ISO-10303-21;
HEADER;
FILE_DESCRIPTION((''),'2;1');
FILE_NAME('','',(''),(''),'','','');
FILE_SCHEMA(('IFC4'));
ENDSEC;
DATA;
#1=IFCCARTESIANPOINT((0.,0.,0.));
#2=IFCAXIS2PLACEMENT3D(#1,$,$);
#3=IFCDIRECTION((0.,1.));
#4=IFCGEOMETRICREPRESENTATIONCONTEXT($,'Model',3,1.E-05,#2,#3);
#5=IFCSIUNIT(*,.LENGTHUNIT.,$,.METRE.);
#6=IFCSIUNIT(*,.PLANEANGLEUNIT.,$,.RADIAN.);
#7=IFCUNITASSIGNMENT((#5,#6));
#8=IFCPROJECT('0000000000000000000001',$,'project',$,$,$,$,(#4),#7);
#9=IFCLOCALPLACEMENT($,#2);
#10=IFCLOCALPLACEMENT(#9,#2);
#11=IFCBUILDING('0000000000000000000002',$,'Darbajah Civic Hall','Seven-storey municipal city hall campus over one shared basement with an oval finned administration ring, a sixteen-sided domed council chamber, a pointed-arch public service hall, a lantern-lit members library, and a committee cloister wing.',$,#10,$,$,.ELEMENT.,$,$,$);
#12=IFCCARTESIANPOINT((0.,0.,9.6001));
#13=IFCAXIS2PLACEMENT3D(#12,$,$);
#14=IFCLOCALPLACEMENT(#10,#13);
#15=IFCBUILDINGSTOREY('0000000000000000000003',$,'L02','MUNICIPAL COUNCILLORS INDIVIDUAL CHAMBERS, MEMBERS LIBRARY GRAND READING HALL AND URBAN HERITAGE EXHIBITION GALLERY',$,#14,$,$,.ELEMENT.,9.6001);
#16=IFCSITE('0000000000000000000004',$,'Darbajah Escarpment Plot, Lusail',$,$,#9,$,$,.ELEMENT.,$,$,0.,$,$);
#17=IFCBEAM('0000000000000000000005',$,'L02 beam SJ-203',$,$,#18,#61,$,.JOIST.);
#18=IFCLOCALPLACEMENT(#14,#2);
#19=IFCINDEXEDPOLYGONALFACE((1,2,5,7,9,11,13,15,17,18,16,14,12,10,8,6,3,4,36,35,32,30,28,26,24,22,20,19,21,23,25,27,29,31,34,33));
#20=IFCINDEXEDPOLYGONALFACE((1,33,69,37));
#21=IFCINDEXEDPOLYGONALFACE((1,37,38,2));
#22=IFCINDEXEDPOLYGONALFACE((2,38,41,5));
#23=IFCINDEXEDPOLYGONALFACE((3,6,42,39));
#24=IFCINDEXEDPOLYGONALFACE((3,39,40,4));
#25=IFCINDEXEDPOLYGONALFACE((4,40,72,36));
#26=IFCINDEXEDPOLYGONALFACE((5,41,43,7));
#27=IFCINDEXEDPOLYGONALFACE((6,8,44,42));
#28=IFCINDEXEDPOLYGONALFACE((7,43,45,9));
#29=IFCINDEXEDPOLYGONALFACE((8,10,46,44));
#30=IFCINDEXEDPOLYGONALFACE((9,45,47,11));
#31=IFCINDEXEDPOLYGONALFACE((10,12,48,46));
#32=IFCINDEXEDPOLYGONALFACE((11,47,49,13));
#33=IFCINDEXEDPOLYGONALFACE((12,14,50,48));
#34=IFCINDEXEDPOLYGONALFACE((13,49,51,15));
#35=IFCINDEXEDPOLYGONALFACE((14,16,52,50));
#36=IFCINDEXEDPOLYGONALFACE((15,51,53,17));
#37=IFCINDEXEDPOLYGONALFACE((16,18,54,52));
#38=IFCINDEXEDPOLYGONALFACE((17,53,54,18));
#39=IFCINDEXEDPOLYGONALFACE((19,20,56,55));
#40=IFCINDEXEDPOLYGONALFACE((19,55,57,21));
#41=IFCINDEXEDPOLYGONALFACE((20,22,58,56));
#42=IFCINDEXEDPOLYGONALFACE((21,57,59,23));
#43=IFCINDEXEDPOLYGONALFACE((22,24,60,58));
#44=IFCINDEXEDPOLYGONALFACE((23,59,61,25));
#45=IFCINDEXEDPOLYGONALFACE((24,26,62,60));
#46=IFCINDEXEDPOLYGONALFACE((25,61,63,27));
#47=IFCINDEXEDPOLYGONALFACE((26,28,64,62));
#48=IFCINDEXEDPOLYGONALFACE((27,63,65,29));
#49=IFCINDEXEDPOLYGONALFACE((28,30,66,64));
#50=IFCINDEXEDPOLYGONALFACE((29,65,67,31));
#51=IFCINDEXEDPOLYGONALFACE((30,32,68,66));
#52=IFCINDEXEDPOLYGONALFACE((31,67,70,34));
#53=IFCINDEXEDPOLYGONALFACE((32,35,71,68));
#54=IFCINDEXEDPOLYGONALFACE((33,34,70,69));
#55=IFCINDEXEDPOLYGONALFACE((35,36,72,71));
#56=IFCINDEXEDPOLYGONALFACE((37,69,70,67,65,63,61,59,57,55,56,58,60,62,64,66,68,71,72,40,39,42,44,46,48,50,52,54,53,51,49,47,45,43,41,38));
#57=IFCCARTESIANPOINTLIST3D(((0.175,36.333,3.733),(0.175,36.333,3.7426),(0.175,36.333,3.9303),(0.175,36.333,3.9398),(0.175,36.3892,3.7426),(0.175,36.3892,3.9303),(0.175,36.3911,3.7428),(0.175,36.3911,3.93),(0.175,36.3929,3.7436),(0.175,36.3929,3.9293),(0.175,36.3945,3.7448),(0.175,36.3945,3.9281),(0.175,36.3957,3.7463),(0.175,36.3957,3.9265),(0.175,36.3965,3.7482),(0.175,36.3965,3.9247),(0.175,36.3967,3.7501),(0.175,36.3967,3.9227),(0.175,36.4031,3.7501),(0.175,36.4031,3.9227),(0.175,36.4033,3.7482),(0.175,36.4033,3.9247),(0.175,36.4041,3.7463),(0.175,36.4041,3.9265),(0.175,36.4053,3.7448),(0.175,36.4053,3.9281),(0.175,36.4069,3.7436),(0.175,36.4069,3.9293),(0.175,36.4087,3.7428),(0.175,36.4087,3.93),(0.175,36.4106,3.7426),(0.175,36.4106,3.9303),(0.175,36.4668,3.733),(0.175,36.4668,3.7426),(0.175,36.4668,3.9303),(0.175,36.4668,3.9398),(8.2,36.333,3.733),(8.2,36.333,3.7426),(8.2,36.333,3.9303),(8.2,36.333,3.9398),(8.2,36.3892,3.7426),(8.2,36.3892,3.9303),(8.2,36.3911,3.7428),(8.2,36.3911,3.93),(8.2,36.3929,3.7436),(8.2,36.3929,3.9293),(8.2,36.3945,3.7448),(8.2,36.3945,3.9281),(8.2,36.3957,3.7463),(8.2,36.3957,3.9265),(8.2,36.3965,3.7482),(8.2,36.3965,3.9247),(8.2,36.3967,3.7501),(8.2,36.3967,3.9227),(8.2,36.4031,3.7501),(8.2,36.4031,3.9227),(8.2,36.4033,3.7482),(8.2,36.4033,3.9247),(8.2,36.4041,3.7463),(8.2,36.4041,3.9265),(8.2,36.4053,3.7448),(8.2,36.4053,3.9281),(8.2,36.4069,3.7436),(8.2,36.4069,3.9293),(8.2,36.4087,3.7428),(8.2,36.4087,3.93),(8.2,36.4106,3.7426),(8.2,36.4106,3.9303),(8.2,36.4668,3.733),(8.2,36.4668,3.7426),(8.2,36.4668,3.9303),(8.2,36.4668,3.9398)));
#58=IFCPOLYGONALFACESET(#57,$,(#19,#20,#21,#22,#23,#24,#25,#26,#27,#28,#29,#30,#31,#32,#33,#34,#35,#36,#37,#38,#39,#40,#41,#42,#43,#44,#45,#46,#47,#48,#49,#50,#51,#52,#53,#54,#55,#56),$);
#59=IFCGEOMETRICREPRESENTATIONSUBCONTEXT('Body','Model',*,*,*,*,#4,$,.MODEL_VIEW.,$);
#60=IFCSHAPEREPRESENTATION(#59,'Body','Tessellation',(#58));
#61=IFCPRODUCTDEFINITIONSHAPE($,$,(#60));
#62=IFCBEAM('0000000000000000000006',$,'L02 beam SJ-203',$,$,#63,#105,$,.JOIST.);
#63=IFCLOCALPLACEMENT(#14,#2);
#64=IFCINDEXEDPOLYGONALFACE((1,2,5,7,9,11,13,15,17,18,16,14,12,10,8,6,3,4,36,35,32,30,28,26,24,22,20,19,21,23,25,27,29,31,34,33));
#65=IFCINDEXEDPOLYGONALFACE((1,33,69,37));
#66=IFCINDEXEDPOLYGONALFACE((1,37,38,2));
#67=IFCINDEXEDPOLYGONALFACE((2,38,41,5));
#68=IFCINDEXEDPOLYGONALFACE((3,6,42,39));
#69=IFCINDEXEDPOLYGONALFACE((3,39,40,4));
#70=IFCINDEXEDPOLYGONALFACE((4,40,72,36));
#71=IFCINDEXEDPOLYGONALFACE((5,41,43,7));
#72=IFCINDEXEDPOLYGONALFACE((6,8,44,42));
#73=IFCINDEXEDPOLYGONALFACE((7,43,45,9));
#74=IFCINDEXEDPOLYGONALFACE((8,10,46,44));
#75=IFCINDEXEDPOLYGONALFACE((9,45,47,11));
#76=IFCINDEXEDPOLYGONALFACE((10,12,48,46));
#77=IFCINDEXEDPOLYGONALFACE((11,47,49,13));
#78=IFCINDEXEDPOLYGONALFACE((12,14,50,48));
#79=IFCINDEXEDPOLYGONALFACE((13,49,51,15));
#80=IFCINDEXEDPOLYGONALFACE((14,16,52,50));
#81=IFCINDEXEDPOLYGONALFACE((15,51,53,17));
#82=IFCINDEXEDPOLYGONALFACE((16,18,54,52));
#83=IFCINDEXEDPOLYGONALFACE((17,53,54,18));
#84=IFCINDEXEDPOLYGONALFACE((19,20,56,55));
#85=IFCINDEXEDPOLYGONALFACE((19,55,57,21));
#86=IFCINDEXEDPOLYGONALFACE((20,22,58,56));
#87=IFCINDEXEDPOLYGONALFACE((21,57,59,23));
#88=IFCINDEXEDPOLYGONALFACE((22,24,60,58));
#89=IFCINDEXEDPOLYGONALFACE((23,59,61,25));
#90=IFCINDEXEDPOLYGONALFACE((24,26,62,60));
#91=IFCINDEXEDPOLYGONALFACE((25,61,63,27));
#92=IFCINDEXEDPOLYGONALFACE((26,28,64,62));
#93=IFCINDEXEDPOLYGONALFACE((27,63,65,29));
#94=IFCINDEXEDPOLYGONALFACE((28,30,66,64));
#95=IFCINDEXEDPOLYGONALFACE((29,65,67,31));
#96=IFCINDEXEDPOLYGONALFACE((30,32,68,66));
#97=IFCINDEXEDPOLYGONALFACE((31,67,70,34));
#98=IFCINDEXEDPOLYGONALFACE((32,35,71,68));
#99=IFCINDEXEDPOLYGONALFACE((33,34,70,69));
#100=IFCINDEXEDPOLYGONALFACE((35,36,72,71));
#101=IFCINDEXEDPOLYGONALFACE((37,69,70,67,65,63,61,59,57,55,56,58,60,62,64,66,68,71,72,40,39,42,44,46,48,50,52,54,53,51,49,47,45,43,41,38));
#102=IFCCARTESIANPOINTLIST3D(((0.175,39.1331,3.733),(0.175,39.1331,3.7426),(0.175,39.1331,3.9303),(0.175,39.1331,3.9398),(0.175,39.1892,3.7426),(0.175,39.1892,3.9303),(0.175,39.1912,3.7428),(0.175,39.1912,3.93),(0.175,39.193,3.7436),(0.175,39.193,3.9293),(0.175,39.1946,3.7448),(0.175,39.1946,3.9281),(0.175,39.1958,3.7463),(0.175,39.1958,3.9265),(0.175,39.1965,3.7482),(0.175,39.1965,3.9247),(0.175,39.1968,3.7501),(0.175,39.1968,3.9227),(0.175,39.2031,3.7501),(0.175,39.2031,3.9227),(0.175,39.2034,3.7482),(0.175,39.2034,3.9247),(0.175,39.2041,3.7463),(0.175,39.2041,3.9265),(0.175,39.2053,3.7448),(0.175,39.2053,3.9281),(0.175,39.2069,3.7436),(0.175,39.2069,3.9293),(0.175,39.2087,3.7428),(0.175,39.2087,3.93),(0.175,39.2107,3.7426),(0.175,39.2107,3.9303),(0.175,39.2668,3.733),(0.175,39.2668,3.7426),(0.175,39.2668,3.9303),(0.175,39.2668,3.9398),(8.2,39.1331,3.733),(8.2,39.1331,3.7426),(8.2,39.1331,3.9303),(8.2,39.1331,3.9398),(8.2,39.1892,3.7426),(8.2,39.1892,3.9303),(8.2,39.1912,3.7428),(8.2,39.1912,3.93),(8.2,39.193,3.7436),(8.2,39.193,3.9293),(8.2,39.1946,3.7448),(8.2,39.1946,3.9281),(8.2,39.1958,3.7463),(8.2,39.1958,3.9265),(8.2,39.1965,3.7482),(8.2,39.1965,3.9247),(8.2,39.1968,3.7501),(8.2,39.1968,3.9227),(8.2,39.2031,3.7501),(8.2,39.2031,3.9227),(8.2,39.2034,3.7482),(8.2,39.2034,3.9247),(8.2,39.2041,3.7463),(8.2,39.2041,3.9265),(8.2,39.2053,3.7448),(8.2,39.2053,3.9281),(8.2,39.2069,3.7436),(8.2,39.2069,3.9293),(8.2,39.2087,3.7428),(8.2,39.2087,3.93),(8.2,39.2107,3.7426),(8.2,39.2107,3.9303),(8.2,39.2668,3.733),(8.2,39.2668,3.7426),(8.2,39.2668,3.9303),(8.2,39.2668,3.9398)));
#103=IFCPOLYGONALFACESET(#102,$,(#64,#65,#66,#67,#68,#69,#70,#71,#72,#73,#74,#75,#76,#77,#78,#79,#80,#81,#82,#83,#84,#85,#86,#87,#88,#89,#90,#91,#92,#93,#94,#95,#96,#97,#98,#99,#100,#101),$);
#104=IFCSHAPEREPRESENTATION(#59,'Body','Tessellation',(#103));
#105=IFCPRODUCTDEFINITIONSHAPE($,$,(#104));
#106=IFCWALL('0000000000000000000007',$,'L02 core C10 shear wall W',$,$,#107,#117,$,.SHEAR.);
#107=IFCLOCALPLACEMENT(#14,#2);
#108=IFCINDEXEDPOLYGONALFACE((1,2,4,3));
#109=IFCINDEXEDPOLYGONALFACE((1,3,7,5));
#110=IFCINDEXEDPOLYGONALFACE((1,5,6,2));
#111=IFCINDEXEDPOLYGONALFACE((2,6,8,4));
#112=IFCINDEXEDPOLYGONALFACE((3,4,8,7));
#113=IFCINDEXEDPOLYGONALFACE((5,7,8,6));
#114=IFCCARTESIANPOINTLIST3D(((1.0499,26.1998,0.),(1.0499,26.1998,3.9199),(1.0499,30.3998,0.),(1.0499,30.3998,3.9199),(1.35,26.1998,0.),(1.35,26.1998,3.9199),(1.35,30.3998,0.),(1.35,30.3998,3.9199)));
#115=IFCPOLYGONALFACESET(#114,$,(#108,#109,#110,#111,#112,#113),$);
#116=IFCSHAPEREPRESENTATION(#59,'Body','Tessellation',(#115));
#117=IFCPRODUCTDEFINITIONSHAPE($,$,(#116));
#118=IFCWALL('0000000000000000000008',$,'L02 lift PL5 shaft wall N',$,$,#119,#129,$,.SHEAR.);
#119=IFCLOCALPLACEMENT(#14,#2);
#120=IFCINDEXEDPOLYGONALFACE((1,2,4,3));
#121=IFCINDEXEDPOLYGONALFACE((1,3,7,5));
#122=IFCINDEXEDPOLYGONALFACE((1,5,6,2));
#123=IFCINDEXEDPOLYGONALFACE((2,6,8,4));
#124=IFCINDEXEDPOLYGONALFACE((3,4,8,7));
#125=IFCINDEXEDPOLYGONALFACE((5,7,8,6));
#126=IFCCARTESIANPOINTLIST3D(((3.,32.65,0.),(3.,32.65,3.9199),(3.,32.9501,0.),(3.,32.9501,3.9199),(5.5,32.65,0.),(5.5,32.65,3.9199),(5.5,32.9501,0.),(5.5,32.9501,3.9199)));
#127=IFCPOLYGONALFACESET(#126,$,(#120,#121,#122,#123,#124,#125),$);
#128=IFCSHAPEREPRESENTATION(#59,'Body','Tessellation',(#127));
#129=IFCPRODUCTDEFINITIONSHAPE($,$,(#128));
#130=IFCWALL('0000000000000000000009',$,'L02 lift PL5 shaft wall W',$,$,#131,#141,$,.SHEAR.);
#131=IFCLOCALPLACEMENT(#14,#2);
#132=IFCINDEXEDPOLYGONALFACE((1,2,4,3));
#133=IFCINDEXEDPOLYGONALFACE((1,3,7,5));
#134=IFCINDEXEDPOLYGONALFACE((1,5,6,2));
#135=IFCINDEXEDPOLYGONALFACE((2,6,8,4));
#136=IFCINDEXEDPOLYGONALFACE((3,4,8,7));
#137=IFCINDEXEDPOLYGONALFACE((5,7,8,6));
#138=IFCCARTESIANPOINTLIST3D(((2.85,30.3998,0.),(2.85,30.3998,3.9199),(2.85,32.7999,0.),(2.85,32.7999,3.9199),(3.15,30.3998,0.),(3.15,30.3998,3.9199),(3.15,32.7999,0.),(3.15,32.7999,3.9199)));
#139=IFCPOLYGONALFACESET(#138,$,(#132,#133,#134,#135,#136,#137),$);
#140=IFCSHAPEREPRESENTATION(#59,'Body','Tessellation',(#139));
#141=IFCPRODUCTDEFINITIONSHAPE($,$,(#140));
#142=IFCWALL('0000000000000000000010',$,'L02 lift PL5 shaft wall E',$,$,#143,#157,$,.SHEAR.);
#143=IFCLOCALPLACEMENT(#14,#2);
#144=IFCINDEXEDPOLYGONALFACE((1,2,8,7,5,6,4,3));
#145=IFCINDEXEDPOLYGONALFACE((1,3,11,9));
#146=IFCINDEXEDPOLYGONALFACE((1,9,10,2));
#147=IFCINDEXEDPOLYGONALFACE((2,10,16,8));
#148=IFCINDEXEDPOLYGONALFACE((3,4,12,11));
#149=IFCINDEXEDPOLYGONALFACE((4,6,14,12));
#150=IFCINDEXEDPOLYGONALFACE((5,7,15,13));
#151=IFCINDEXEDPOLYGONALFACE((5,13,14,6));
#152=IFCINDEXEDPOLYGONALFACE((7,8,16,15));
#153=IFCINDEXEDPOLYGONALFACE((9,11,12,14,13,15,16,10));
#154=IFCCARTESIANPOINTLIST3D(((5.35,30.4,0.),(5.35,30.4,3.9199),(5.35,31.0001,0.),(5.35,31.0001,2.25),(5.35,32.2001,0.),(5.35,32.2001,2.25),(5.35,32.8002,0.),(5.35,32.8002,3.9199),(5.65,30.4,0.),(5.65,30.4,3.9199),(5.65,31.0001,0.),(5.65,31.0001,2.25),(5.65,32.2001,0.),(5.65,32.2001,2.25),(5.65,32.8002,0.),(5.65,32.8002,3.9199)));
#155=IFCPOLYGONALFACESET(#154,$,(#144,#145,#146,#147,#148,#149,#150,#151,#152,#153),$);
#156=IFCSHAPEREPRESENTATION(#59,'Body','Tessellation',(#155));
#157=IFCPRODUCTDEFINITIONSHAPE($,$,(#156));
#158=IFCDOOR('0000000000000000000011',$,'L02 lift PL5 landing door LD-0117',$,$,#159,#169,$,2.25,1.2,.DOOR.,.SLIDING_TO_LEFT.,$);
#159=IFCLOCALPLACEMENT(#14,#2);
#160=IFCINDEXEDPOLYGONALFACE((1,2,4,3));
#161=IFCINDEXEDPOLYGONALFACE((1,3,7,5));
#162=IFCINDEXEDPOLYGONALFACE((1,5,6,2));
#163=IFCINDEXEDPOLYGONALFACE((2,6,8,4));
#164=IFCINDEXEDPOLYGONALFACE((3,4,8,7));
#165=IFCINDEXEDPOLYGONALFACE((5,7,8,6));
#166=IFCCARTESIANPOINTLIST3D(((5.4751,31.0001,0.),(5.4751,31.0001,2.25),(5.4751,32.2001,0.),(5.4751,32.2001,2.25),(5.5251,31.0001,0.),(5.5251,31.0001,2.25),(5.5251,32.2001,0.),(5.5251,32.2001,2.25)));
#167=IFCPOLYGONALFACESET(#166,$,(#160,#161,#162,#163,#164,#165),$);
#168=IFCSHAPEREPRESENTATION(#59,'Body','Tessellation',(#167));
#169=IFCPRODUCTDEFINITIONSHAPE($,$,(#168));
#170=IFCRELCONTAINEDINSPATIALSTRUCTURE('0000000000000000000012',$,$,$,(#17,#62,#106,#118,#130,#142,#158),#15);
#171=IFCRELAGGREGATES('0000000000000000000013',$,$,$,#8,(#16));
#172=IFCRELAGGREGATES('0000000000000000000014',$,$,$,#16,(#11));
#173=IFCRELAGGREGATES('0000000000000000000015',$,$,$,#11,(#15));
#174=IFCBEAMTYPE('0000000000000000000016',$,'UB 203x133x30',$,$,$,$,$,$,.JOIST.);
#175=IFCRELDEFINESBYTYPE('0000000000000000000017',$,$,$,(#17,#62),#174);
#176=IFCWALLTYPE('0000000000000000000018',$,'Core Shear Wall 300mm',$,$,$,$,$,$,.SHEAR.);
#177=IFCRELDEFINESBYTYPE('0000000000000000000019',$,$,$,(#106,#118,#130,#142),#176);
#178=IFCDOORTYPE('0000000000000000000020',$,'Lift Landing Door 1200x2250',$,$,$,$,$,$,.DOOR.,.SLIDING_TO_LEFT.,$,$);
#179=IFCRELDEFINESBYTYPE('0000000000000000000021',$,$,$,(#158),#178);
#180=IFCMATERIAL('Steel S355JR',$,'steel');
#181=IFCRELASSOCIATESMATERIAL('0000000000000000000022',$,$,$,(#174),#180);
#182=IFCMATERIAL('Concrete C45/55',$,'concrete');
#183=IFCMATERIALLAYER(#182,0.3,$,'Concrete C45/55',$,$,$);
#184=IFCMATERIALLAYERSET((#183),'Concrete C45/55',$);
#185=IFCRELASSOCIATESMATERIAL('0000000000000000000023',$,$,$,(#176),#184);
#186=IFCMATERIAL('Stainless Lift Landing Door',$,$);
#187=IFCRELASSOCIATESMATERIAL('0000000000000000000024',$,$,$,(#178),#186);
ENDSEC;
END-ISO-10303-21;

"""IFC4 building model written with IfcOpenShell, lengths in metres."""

from ifc_helpers import new_model, si_unit, direction, frame, frame_2d, origin, origin_2d, place, context, subcontext, project, spatial, rectangle, i_section, extrude, material, layer, layer_set, material_profile, profile_set, type_object, element, fill, save


model = new_model("IFC4")

# Units and contexts
model_context = context("Model", 3, precision=1e-05, world=origin(), true_north=direction((0.0, 1.0)))
body_context = subcontext(model_context, "Body", "Model", "MODEL_VIEW")
ifc_project = project(units=[si_unit("LENGTHUNIT", "METRE"), si_unit("PLANEANGLEUNIT", "RADIAN")], contexts=[model_context])

# Site, building, storey
site_placement = place(None, origin())
site = spatial("IfcSite", under=ifc_project, at=site_placement, Name="Darbajah Escarpment Plot, Lusail", CompositionType="ELEMENT", RefElevation=0.0)
building_placement = place(site_placement, origin())
building = spatial("IfcBuilding", under=site, at=building_placement, Name="Darbajah Civic Hall", Description="Seven-storey municipal city hall campus over one shared basement with an oval finned administration ring, a sixteen-sided domed council chamber, a pointed-arch public service hall, a lantern-lit members library, and a committee cloister wing.", CompositionType="ELEMENT")
storey_placement = place(building_placement, frame((0.0, 0.0, 9.6001)))
storey = spatial("IfcBuildingStorey", under=building, at=storey_placement, Name="L02", Description="MUNICIPAL COUNCILLORS INDIVIDUAL CHAMBERS, MEMBERS LIBRARY GRAND READING HALL AND URBAN HERITAGE EXHIBITION GALLERY", CompositionType="ELEMENT", Elevation=9.6001)

# Shared definitions
ifc_material_1 = material(Name="Concrete C45/55", Category="concrete")

# Beams
ifc_material_2 = material(Name="Steel S355JR", Category="steel")
ifc_material_profile_1 = material_profile(ifc_material_2, i_section(OverallWidth=0.1338, OverallDepth=0.2068, WebThickness=0.0063, FlangeThickness=0.0095, FilletRadius=0.0076, at=origin_2d()), Name="UB 203x133x30")
ifc_profile_set_1 = profile_set([ifc_material_profile_1], Name="Steel S355JR")
beam_type_1 = type_object("IfcBeamType", Name="UB 203x133x30", PredefinedType="JOIST", material=ifc_profile_set_1)
for number, where, z_axis, x_axis, name in (
    (1, (0.175, 36.3999, 3.8364), (1.0, 0.0, 0.0), (0.0, 1.0, 0.0), "L02 beam SJ-203"),
    (2, (0.175, 39.2, 3.8364), (1.0, 0.0, 0.0), (0.0, 1.0, 0.0), "L02 beam SJ-203"),
):
    element("IfcBeam", number, at=place(storey_placement, frame(where, z_axis=z_axis, x_axis=x_axis)), inside=storey, type_object=beam_type_1, Name=name, PredefinedType="JOIST", context=body_context, shape_type="SweptSolid", body=[
        extrude(i_section(OverallWidth=0.1338, OverallDepth=0.2068, WebThickness=0.0063, FlangeThickness=0.0095, FilletRadius=0.0076, at=origin_2d()), origin(), (0.0, 0.0, 1.0), 8.0249),
    ])

# Walls
ifc_layer_1 = layer(ifc_material_1, 0.3, Name="Concrete C45/55")
ifc_layer_set_1 = layer_set([ifc_layer_1], Name="Concrete C45/55")
wall_type_1 = type_object("IfcWallType", Name="Core Shear Wall 300mm", PredefinedType="SHEAR", material=ifc_layer_set_1)
wall_1_placement = place(storey_placement, frame((1.2, 30.3999, 0.0), z_axis=(0.0, 0.0, 1.0), x_axis=(0.0, -1.0, 0.0)))
element("IfcWall", 3, at=wall_1_placement, inside=storey, type_object=wall_type_1, Name="L02 core C10 shear wall W", PredefinedType="SHEAR", context=body_context, shape_type="SweptSolid", body=[
    extrude(rectangle(XDim=4.2, YDim=0.3, at=frame_2d((2.1001, 0.0))), origin(), (0.0, 0.0, 1.0), 3.9199),
])
wall_2_placement = place(storey_placement, frame((5.5, 32.8, 0.0), z_axis=(0.0, 0.0, 1.0), x_axis=(-1.0, 0.0, 0.0)))
element("IfcWall", 4, at=wall_2_placement, inside=storey, type_object=wall_type_1, Name="L02 lift PL5 shaft wall N", PredefinedType="SHEAR", context=body_context, shape_type="SweptSolid", body=[
    extrude(rectangle(XDim=2.5, YDim=0.3, at=frame_2d((1.25, 0.0))), origin(), (0.0, 0.0, 1.0), 3.9199),
])
wall_3_placement = place(storey_placement, frame((3.0, 32.8, 0.0), z_axis=(0.0, 0.0, 1.0), x_axis=(0.0, -1.0, 0.0)))
element("IfcWall", 5, at=wall_3_placement, inside=storey, type_object=wall_type_1, Name="L02 lift PL5 shaft wall W", PredefinedType="SHEAR", context=body_context, shape_type="SweptSolid", body=[
    extrude(rectangle(XDim=2.4001, YDim=0.3, at=frame_2d((1.2002, 0.0))), origin(), (0.0, 0.0, 1.0), 3.9199),
])

# Wall, opening, door
wall_4_placement = place(storey_placement, frame((5.5, 30.3999, 0.0), z_axis=(0.0, 0.0, 1.0), x_axis=(0.0, 1.0, 0.0)))
wall_4 = element("IfcWall", 6, at=wall_4_placement, inside=storey, type_object=wall_type_1, Name="L02 lift PL5 shaft wall E", PredefinedType="SHEAR", context=body_context, shape_type="SweptSolid", body=[
    extrude(rectangle(XDim=2.4001, YDim=0.3, at=frame_2d((1.2002, 0.0))), origin(), (0.0, 0.0, 1.0), 3.9199),
])
opening_1_placement = place(wall_4_placement, frame((0.6001, 0.0, 0.0)))
opening_1 = element("IfcOpeningElement", 7, at=opening_1_placement, cuts=wall_4, PredefinedType="OPENING", context=body_context, shape_type="SweptSolid", body=[
    extrude(rectangle(XDim=1.2, YDim=2.25, at=frame_2d((0.6001, 1.125))), frame((0.0, 0.1599, 0.0), z_axis=(0.0, -1.0, 0.0), x_axis=(1.0, 0.0, 0.0)), (0.0, 0.0, 1.0), 0.3201),
])
ifc_material_3 = material(Name="Stainless Lift Landing Door")
door_type = type_object("IfcDoorType", Name="Lift Landing Door 1200x2250", OperationType="SLIDING_TO_LEFT", PredefinedType="DOOR", material=ifc_material_3)
door_placement = place(opening_1_placement, origin())
door = element("IfcDoor", 8, at=door_placement, inside=storey, type_object=door_type, Name="L02 lift PL5 landing door LD-0117", OperationType="SLIDING_TO_LEFT", OverallHeight=2.25, OverallWidth=1.2, PredefinedType="DOOR", context=body_context, shape_type="SweptSolid", body=[
    extrude(rectangle(XDim=1.2, YDim=2.25, at=frame_2d((0.6001, 1.125))), frame((0.0, 0.0249, 0.0), z_axis=(0.0, -1.0, 0.0), x_axis=(1.0, 0.0, 0.0)), (0.0, 0.0, 1.0), 0.05),
])
fill(opening_1, door)

save(model, "model.ifc")
